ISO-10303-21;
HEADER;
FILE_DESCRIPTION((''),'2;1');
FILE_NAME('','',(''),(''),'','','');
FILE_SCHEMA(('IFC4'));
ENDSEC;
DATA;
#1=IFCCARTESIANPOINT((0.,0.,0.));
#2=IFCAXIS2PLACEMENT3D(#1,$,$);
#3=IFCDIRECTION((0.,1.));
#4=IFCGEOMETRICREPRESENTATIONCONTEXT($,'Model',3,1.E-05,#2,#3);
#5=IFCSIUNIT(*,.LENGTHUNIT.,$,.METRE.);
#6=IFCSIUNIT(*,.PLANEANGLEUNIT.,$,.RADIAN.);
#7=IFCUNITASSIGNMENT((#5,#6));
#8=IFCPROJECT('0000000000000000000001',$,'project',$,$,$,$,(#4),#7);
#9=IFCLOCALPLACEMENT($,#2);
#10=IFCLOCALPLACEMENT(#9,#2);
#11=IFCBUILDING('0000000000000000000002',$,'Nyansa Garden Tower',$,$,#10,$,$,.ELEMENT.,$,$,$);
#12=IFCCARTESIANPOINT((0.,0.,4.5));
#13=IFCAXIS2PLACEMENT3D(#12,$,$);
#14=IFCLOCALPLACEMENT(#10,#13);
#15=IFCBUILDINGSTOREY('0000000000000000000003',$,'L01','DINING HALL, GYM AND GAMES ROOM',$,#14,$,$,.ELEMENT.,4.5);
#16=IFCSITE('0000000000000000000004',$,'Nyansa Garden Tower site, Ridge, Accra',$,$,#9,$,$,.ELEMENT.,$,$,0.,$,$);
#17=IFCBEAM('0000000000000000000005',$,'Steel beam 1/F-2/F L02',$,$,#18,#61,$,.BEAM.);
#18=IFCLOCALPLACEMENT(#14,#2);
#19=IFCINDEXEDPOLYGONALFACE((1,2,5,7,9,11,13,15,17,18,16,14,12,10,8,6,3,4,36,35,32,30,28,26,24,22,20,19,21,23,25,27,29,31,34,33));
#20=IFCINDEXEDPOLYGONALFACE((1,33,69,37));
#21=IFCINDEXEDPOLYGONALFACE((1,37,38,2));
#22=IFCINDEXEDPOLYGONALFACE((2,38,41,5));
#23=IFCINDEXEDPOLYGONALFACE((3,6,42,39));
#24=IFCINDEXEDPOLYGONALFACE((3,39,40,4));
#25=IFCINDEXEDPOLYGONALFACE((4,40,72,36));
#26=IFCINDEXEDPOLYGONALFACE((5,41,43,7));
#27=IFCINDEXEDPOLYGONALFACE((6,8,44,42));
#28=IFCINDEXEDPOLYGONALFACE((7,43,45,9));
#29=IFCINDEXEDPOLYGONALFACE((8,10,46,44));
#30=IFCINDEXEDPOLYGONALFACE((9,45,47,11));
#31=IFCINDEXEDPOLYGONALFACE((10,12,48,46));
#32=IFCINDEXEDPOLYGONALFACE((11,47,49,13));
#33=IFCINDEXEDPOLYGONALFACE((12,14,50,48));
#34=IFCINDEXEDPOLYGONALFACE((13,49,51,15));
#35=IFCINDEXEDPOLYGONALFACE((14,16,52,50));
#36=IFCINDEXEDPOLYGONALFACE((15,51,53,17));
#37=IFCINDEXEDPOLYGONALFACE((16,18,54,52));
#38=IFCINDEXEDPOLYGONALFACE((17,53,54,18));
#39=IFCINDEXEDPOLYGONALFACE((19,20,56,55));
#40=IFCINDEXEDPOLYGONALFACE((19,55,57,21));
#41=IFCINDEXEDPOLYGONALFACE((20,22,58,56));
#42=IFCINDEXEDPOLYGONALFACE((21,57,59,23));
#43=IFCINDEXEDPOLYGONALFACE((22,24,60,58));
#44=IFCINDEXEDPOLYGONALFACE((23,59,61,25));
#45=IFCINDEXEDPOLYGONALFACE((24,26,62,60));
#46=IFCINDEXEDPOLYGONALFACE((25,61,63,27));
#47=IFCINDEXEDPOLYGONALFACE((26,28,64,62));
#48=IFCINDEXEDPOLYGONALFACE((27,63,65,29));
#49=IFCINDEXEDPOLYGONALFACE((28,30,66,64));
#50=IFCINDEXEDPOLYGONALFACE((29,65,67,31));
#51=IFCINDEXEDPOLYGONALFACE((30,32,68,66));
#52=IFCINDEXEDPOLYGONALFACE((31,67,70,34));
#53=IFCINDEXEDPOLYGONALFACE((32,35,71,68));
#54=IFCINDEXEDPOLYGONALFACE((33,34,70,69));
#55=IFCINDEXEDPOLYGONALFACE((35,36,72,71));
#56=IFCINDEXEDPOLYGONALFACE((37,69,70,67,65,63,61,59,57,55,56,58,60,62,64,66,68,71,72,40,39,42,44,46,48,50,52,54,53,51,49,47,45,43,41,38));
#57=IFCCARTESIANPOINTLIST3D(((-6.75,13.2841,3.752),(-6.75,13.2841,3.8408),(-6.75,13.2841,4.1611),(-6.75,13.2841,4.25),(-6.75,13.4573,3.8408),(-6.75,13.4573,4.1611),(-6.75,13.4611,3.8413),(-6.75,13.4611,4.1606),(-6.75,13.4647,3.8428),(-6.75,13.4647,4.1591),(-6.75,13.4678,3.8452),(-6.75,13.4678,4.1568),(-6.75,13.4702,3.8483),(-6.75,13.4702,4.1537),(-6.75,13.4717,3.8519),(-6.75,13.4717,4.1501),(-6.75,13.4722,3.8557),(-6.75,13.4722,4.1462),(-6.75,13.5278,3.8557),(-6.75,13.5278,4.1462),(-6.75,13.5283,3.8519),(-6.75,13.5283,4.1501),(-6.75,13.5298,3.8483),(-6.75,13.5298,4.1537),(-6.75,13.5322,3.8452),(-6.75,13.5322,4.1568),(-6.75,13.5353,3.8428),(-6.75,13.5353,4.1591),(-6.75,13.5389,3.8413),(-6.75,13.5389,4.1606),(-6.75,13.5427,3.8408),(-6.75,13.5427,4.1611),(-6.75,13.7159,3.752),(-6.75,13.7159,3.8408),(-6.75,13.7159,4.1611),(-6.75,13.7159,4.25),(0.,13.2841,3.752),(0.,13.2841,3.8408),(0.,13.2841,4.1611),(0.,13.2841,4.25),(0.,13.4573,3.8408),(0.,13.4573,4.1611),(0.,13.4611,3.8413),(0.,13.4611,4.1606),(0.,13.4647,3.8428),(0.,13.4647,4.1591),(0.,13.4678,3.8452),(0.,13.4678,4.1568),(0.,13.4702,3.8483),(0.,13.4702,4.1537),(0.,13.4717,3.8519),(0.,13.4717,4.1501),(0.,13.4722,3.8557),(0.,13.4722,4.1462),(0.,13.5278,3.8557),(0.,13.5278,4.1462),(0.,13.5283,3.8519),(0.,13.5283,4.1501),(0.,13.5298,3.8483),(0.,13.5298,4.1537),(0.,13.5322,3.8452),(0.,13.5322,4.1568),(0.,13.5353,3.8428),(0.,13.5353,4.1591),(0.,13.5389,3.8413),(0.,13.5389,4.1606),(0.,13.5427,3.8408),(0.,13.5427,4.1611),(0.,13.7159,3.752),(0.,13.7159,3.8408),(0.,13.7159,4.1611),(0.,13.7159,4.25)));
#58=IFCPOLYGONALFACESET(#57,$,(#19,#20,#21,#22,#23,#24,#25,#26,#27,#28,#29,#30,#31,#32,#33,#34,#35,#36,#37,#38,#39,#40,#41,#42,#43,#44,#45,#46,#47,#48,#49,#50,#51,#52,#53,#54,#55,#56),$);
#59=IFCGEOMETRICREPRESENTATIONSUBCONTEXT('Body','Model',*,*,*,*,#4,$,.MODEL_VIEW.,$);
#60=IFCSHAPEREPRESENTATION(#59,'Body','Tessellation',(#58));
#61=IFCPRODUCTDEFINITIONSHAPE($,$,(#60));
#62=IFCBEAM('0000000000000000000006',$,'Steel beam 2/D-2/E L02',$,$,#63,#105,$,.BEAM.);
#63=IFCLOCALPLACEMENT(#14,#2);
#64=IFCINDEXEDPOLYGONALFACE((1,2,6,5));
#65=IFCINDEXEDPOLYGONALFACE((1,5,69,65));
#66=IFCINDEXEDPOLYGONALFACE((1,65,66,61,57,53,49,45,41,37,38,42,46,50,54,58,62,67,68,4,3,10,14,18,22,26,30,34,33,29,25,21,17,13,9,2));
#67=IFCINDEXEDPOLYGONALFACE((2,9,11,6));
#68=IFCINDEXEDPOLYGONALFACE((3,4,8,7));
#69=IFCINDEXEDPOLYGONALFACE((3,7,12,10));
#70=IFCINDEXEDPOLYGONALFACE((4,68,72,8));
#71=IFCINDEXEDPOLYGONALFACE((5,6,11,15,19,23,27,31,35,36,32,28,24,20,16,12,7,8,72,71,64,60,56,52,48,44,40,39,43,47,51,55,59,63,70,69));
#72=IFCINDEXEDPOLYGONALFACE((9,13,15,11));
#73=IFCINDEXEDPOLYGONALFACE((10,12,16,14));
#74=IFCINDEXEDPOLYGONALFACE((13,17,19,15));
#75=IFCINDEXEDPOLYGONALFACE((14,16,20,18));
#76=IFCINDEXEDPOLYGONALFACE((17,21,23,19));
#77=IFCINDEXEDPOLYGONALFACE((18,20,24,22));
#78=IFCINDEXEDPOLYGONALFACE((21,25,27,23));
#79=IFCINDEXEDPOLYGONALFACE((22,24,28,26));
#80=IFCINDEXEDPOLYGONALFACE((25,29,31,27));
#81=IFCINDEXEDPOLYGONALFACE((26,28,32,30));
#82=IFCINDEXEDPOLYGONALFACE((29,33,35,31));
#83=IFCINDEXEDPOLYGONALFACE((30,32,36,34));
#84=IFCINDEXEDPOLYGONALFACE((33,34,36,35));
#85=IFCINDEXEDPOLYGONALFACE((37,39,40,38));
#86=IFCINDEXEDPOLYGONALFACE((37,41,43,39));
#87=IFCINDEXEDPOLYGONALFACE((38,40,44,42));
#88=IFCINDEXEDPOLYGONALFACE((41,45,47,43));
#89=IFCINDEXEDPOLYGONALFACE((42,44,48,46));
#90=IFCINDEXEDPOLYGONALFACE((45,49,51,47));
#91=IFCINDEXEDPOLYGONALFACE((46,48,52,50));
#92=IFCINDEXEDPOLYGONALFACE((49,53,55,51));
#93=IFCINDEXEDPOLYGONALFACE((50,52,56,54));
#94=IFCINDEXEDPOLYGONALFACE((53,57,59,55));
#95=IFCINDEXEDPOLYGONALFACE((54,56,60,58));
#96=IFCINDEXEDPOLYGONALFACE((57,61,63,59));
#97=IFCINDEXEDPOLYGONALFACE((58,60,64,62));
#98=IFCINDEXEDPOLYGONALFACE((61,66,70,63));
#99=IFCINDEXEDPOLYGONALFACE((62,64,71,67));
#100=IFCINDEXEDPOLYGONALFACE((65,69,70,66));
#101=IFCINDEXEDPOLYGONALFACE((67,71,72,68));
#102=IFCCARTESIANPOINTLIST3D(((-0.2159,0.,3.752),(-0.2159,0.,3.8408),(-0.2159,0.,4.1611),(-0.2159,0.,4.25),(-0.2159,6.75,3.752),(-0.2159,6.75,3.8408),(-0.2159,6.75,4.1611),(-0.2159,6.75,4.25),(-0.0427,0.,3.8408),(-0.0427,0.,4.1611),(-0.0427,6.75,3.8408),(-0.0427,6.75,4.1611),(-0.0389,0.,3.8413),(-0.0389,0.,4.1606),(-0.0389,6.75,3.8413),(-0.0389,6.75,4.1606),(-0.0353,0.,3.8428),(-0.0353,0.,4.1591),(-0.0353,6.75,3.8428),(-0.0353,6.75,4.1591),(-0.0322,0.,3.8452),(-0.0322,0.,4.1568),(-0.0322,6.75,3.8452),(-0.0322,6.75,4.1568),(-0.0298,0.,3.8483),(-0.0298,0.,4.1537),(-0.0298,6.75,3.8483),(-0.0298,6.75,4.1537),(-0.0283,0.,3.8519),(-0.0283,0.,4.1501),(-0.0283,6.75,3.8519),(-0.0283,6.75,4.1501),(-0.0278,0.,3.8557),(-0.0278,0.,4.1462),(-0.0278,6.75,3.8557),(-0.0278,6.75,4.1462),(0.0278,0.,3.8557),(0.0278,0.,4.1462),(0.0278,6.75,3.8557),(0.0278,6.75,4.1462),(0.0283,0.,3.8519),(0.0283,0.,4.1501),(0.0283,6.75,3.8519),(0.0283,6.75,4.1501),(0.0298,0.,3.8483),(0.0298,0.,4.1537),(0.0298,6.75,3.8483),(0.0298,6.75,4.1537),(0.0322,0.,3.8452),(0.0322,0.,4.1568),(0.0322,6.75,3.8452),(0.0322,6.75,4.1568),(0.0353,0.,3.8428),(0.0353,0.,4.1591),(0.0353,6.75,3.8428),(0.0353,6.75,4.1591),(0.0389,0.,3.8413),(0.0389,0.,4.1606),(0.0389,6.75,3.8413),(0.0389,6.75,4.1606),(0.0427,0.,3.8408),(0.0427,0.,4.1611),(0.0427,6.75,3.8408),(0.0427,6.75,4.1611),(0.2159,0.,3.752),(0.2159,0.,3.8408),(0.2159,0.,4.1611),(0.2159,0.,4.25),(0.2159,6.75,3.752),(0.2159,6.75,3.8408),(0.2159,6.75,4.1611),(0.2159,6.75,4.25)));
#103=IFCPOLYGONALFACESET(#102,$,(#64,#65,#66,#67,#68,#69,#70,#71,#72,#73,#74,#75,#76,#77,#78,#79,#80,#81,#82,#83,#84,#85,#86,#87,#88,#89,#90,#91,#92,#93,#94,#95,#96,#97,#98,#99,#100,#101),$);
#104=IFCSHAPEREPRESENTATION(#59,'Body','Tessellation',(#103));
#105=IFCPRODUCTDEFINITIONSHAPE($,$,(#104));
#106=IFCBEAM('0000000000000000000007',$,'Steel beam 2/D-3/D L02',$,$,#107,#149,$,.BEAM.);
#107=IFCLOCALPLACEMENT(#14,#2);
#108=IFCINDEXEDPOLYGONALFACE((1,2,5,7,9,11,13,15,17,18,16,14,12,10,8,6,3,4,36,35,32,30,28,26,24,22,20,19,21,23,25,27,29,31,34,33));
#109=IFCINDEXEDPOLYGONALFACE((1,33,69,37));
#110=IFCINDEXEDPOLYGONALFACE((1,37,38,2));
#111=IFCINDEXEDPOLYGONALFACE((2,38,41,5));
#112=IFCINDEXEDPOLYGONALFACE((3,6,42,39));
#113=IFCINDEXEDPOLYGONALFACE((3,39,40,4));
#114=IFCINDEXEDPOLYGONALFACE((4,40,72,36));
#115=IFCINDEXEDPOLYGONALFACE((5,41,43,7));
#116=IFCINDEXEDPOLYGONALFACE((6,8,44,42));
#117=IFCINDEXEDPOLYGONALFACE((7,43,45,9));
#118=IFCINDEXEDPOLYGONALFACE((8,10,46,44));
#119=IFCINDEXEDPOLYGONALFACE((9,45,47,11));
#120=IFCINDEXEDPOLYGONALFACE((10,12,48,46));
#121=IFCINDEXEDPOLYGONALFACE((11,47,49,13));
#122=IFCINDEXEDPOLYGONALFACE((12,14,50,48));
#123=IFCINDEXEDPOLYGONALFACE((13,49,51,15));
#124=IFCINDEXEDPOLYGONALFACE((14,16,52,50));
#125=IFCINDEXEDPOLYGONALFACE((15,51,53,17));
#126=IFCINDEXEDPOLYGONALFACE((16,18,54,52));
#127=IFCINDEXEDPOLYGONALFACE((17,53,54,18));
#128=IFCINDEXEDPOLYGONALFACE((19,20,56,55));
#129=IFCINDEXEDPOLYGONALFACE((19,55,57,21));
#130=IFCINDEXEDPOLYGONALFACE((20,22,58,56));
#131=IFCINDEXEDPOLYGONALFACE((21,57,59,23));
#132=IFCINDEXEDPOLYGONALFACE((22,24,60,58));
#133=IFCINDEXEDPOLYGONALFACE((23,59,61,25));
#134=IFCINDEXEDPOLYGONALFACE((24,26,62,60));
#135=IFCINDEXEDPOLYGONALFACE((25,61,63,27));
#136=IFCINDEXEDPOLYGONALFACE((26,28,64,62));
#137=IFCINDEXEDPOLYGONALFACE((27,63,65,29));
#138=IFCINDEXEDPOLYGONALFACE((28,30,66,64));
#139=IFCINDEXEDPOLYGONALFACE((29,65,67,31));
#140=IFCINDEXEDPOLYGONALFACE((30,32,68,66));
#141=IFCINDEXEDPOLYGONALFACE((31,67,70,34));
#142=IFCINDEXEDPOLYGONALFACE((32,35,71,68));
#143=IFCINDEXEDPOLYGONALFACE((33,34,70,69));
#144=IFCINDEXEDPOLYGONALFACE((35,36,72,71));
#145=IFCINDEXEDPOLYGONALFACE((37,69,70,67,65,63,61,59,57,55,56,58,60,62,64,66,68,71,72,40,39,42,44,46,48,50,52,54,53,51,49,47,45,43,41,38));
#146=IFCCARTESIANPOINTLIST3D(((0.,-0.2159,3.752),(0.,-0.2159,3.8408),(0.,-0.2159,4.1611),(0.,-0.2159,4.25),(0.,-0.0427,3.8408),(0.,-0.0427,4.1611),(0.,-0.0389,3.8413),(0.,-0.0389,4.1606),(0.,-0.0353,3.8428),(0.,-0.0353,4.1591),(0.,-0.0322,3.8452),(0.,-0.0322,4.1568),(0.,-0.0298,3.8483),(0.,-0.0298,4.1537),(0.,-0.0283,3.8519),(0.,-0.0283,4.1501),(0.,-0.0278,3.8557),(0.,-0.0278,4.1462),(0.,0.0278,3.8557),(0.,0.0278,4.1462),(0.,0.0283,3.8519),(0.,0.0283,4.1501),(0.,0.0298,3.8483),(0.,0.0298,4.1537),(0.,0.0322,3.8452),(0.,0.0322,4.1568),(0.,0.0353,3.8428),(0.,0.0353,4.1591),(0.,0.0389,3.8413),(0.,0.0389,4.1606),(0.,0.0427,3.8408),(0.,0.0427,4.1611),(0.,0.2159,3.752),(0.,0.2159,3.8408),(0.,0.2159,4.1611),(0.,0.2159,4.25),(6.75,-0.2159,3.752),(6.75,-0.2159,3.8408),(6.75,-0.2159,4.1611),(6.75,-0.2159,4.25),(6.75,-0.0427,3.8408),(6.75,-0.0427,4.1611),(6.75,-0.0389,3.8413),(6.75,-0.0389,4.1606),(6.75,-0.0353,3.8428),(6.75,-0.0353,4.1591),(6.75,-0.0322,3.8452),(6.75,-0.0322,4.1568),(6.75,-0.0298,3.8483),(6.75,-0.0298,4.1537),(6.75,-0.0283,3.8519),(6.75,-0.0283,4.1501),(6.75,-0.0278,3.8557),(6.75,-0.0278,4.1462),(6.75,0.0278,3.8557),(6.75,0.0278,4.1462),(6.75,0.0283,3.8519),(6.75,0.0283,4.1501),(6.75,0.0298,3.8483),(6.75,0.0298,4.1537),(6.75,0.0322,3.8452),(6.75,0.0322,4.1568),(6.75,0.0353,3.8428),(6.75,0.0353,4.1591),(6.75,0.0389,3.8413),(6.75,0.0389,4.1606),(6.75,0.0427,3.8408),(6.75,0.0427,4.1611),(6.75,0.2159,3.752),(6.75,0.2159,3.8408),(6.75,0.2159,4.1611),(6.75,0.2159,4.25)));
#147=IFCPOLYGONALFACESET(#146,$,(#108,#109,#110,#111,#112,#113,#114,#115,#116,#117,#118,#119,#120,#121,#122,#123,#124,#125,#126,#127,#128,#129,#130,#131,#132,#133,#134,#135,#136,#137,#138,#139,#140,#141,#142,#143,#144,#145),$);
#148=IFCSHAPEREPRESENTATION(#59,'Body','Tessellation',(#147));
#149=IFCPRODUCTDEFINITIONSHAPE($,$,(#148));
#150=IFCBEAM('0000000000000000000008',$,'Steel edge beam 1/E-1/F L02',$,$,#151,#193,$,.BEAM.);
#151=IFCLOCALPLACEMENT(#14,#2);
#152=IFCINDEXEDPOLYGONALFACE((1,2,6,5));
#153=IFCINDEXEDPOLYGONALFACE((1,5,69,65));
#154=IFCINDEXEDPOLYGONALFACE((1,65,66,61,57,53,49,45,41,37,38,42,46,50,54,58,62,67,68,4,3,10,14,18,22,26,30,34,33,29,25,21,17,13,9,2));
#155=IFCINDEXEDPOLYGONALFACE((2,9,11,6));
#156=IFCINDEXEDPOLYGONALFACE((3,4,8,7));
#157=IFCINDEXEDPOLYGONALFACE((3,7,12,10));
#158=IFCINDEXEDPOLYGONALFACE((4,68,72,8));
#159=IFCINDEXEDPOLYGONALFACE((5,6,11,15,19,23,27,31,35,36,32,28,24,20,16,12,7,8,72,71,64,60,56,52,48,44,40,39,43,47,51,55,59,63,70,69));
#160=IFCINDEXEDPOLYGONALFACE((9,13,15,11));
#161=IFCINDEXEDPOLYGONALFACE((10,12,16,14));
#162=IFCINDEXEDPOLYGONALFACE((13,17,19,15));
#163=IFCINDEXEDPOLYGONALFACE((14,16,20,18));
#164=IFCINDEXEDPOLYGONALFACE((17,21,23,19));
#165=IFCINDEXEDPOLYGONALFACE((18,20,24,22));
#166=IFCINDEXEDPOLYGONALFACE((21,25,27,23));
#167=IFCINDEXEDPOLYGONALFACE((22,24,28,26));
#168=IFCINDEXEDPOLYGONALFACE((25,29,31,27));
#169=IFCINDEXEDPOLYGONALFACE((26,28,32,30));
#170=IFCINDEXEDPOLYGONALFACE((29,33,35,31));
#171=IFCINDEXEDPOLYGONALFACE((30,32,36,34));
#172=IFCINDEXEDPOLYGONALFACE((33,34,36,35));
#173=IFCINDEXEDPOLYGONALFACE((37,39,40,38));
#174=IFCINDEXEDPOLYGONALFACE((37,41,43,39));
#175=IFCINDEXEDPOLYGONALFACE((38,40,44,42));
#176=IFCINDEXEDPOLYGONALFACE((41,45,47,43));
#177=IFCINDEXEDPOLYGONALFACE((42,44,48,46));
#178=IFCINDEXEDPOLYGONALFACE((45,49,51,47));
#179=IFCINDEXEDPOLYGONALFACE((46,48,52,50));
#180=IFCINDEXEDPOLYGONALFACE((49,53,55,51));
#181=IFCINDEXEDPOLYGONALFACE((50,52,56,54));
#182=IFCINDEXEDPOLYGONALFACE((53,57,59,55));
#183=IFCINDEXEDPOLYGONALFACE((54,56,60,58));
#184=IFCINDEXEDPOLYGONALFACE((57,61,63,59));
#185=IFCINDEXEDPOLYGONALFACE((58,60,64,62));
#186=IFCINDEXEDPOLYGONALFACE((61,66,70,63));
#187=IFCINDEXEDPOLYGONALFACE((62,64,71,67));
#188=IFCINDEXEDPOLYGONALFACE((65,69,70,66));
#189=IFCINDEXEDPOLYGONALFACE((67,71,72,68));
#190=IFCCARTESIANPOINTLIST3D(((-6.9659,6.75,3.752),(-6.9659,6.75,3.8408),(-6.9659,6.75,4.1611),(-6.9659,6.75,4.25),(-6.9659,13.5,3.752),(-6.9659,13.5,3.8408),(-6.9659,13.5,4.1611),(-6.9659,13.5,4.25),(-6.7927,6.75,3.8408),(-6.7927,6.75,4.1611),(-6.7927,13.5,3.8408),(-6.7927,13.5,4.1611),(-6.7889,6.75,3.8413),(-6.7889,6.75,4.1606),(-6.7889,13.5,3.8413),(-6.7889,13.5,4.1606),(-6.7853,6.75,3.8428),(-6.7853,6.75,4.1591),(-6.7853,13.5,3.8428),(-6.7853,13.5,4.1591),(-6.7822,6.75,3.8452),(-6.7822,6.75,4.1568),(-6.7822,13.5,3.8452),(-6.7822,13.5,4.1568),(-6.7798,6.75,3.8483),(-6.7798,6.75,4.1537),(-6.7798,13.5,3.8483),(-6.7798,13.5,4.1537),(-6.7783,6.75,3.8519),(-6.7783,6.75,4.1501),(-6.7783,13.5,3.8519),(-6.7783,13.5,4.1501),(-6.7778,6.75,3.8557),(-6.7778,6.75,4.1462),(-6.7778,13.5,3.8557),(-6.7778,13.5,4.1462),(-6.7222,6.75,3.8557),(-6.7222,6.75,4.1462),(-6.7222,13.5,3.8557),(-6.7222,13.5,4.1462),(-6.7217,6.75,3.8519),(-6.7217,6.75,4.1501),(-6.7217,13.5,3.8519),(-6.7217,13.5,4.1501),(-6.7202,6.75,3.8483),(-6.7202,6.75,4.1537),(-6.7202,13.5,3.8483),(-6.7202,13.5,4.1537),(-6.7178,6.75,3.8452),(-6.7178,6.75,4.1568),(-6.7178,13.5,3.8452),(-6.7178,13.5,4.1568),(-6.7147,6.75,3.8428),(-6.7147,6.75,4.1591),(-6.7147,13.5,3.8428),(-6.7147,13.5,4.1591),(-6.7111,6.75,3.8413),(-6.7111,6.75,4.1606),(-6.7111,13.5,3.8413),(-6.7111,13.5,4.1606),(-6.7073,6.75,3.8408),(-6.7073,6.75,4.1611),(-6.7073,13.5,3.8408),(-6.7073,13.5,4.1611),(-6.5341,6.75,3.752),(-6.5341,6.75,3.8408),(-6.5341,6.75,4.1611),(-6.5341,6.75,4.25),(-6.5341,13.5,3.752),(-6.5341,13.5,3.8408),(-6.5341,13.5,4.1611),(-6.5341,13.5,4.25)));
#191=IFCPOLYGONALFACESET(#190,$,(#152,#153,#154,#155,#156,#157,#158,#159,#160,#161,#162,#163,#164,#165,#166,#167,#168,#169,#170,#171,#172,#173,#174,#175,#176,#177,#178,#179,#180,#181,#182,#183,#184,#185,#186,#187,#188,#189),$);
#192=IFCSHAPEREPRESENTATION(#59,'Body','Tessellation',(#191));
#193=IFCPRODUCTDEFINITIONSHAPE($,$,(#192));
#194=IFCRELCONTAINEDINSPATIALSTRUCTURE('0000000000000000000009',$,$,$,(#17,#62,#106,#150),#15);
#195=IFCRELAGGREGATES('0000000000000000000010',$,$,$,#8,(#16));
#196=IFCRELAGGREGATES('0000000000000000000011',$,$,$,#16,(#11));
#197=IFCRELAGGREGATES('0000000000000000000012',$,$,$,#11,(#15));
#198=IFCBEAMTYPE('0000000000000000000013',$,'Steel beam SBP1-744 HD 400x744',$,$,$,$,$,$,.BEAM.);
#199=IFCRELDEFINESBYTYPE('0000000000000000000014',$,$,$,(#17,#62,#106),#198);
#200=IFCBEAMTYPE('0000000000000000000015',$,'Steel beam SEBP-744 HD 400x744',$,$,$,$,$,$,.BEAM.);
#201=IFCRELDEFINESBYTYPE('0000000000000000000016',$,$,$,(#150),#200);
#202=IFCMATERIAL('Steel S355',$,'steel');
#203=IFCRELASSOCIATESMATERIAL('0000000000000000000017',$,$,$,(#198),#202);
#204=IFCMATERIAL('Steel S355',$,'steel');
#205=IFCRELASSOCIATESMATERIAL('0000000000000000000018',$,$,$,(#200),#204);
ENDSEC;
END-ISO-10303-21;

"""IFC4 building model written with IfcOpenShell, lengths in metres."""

from ifc_helpers import new_model, si_unit, direction, frame, origin, origin_2d, place, context, subcontext, project, spatial, i_section, extrude, material, material_profile, profile_set, type_object, element, save


model = new_model("IFC4")

# Units and contexts
model_context = context("Model", 3, precision=1e-05, world=origin(), true_north=direction((0.0, 1.0)))
body_context = subcontext(model_context, "Body", "Model", "MODEL_VIEW")
ifc_project = project(units=[si_unit("LENGTHUNIT", "METRE"), si_unit("PLANEANGLEUNIT", "RADIAN")], contexts=[model_context])

# Site, building, storey
site_placement = place(None, origin())
site = spatial("IfcSite", under=ifc_project, at=site_placement, Name="Nyansa Garden Tower site, Ridge, Accra", CompositionType="ELEMENT", RefElevation=0.0)
building_placement = place(site_placement, origin())
building = spatial("IfcBuilding", under=site, at=building_placement, Name="Nyansa Garden Tower", CompositionType="ELEMENT")
storey_placement = place(building_placement, frame((0.0, 0.0, 4.5)))
storey = spatial("IfcBuildingStorey", under=building, at=storey_placement, Name="L01", Description="DINING HALL, GYM AND GAMES ROOM", CompositionType="ELEMENT", Elevation=4.5)

# Beams
ifc_material_1 = material(Name="Steel S355", Category="steel")
ifc_material_profile_1 = material_profile(ifc_material_1, i_section(OverallWidth=0.4319, OverallDepth=0.498, WebThickness=0.0557, FlangeThickness=0.0889, FilletRadius=0.0149, at=origin_2d()), Name="HD 400x744")
ifc_profile_set_1 = profile_set([ifc_material_profile_1], Name="Steel S355")
beam_type_1 = type_object("IfcBeamType", Name="Steel beam SBP1-744 HD 400x744", PredefinedType="BEAM", material=ifc_profile_set_1)
for number, where, z_axis, x_axis, name in (
    (1, (-6.75, 13.5, 4.001), (1.0, 0.0, 0.0), (0.0, 1.0, 0.0), "Steel beam 1/F-2/F L02"),
    (2, (0.0, 0.0, 4.001), (0.0, 1.0, 0.0), (-1.0, 0.0, 0.0), "Steel beam 2/D-2/E L02"),
    (3, (0.0, 0.0, 4.001), (1.0, 0.0, 0.0), (0.0, 1.0, 0.0), "Steel beam 2/D-3/D L02"),
):
    element("IfcBeam", number, at=place(storey_placement, frame(where, z_axis=z_axis, x_axis=x_axis)), inside=storey, type_object=beam_type_1, Name=name, PredefinedType="BEAM", context=body_context, shape_type="SweptSolid", body=[
        extrude(i_section(OverallWidth=0.4319, OverallDepth=0.498, WebThickness=0.0557, FlangeThickness=0.0889, FilletRadius=0.0149, at=origin_2d()), origin(), (0.0, 0.0, 1.0), 6.75),
    ])
ifc_material_2 = material(Name="Steel S355", Category="steel")
ifc_material_profile_2 = material_profile(ifc_material_2, i_section(OverallWidth=0.4319, OverallDepth=0.498, WebThickness=0.0557, FlangeThickness=0.0889, FilletRadius=0.0149, at=origin_2d()), Name="HD 400x744")
ifc_profile_set_2 = profile_set([ifc_material_profile_2], Name="Steel S355")
beam_type_2 = type_object("IfcBeamType", Name="Steel beam SEBP-744 HD 400x744", PredefinedType="BEAM", material=ifc_profile_set_2)
for number, where, z_axis, x_axis, name in (
    (4, (-6.75, 6.75, 4.001), (0.0, 1.0, 0.0), (-1.0, 0.0, 0.0), "Steel edge beam 1/E-1/F L02"),
):
    element("IfcBeam", number, at=place(storey_placement, frame(where, z_axis=z_axis, x_axis=x_axis)), inside=storey, type_object=beam_type_2, Name=name, PredefinedType="BEAM", context=body_context, shape_type="SweptSolid", body=[
        extrude(i_section(OverallWidth=0.4319, OverallDepth=0.498, WebThickness=0.0557, FlangeThickness=0.0889, FilletRadius=0.0149, at=origin_2d()), origin(), (0.0, 0.0, 1.0), 6.75),
    ])

save(model, "model.ifc")
